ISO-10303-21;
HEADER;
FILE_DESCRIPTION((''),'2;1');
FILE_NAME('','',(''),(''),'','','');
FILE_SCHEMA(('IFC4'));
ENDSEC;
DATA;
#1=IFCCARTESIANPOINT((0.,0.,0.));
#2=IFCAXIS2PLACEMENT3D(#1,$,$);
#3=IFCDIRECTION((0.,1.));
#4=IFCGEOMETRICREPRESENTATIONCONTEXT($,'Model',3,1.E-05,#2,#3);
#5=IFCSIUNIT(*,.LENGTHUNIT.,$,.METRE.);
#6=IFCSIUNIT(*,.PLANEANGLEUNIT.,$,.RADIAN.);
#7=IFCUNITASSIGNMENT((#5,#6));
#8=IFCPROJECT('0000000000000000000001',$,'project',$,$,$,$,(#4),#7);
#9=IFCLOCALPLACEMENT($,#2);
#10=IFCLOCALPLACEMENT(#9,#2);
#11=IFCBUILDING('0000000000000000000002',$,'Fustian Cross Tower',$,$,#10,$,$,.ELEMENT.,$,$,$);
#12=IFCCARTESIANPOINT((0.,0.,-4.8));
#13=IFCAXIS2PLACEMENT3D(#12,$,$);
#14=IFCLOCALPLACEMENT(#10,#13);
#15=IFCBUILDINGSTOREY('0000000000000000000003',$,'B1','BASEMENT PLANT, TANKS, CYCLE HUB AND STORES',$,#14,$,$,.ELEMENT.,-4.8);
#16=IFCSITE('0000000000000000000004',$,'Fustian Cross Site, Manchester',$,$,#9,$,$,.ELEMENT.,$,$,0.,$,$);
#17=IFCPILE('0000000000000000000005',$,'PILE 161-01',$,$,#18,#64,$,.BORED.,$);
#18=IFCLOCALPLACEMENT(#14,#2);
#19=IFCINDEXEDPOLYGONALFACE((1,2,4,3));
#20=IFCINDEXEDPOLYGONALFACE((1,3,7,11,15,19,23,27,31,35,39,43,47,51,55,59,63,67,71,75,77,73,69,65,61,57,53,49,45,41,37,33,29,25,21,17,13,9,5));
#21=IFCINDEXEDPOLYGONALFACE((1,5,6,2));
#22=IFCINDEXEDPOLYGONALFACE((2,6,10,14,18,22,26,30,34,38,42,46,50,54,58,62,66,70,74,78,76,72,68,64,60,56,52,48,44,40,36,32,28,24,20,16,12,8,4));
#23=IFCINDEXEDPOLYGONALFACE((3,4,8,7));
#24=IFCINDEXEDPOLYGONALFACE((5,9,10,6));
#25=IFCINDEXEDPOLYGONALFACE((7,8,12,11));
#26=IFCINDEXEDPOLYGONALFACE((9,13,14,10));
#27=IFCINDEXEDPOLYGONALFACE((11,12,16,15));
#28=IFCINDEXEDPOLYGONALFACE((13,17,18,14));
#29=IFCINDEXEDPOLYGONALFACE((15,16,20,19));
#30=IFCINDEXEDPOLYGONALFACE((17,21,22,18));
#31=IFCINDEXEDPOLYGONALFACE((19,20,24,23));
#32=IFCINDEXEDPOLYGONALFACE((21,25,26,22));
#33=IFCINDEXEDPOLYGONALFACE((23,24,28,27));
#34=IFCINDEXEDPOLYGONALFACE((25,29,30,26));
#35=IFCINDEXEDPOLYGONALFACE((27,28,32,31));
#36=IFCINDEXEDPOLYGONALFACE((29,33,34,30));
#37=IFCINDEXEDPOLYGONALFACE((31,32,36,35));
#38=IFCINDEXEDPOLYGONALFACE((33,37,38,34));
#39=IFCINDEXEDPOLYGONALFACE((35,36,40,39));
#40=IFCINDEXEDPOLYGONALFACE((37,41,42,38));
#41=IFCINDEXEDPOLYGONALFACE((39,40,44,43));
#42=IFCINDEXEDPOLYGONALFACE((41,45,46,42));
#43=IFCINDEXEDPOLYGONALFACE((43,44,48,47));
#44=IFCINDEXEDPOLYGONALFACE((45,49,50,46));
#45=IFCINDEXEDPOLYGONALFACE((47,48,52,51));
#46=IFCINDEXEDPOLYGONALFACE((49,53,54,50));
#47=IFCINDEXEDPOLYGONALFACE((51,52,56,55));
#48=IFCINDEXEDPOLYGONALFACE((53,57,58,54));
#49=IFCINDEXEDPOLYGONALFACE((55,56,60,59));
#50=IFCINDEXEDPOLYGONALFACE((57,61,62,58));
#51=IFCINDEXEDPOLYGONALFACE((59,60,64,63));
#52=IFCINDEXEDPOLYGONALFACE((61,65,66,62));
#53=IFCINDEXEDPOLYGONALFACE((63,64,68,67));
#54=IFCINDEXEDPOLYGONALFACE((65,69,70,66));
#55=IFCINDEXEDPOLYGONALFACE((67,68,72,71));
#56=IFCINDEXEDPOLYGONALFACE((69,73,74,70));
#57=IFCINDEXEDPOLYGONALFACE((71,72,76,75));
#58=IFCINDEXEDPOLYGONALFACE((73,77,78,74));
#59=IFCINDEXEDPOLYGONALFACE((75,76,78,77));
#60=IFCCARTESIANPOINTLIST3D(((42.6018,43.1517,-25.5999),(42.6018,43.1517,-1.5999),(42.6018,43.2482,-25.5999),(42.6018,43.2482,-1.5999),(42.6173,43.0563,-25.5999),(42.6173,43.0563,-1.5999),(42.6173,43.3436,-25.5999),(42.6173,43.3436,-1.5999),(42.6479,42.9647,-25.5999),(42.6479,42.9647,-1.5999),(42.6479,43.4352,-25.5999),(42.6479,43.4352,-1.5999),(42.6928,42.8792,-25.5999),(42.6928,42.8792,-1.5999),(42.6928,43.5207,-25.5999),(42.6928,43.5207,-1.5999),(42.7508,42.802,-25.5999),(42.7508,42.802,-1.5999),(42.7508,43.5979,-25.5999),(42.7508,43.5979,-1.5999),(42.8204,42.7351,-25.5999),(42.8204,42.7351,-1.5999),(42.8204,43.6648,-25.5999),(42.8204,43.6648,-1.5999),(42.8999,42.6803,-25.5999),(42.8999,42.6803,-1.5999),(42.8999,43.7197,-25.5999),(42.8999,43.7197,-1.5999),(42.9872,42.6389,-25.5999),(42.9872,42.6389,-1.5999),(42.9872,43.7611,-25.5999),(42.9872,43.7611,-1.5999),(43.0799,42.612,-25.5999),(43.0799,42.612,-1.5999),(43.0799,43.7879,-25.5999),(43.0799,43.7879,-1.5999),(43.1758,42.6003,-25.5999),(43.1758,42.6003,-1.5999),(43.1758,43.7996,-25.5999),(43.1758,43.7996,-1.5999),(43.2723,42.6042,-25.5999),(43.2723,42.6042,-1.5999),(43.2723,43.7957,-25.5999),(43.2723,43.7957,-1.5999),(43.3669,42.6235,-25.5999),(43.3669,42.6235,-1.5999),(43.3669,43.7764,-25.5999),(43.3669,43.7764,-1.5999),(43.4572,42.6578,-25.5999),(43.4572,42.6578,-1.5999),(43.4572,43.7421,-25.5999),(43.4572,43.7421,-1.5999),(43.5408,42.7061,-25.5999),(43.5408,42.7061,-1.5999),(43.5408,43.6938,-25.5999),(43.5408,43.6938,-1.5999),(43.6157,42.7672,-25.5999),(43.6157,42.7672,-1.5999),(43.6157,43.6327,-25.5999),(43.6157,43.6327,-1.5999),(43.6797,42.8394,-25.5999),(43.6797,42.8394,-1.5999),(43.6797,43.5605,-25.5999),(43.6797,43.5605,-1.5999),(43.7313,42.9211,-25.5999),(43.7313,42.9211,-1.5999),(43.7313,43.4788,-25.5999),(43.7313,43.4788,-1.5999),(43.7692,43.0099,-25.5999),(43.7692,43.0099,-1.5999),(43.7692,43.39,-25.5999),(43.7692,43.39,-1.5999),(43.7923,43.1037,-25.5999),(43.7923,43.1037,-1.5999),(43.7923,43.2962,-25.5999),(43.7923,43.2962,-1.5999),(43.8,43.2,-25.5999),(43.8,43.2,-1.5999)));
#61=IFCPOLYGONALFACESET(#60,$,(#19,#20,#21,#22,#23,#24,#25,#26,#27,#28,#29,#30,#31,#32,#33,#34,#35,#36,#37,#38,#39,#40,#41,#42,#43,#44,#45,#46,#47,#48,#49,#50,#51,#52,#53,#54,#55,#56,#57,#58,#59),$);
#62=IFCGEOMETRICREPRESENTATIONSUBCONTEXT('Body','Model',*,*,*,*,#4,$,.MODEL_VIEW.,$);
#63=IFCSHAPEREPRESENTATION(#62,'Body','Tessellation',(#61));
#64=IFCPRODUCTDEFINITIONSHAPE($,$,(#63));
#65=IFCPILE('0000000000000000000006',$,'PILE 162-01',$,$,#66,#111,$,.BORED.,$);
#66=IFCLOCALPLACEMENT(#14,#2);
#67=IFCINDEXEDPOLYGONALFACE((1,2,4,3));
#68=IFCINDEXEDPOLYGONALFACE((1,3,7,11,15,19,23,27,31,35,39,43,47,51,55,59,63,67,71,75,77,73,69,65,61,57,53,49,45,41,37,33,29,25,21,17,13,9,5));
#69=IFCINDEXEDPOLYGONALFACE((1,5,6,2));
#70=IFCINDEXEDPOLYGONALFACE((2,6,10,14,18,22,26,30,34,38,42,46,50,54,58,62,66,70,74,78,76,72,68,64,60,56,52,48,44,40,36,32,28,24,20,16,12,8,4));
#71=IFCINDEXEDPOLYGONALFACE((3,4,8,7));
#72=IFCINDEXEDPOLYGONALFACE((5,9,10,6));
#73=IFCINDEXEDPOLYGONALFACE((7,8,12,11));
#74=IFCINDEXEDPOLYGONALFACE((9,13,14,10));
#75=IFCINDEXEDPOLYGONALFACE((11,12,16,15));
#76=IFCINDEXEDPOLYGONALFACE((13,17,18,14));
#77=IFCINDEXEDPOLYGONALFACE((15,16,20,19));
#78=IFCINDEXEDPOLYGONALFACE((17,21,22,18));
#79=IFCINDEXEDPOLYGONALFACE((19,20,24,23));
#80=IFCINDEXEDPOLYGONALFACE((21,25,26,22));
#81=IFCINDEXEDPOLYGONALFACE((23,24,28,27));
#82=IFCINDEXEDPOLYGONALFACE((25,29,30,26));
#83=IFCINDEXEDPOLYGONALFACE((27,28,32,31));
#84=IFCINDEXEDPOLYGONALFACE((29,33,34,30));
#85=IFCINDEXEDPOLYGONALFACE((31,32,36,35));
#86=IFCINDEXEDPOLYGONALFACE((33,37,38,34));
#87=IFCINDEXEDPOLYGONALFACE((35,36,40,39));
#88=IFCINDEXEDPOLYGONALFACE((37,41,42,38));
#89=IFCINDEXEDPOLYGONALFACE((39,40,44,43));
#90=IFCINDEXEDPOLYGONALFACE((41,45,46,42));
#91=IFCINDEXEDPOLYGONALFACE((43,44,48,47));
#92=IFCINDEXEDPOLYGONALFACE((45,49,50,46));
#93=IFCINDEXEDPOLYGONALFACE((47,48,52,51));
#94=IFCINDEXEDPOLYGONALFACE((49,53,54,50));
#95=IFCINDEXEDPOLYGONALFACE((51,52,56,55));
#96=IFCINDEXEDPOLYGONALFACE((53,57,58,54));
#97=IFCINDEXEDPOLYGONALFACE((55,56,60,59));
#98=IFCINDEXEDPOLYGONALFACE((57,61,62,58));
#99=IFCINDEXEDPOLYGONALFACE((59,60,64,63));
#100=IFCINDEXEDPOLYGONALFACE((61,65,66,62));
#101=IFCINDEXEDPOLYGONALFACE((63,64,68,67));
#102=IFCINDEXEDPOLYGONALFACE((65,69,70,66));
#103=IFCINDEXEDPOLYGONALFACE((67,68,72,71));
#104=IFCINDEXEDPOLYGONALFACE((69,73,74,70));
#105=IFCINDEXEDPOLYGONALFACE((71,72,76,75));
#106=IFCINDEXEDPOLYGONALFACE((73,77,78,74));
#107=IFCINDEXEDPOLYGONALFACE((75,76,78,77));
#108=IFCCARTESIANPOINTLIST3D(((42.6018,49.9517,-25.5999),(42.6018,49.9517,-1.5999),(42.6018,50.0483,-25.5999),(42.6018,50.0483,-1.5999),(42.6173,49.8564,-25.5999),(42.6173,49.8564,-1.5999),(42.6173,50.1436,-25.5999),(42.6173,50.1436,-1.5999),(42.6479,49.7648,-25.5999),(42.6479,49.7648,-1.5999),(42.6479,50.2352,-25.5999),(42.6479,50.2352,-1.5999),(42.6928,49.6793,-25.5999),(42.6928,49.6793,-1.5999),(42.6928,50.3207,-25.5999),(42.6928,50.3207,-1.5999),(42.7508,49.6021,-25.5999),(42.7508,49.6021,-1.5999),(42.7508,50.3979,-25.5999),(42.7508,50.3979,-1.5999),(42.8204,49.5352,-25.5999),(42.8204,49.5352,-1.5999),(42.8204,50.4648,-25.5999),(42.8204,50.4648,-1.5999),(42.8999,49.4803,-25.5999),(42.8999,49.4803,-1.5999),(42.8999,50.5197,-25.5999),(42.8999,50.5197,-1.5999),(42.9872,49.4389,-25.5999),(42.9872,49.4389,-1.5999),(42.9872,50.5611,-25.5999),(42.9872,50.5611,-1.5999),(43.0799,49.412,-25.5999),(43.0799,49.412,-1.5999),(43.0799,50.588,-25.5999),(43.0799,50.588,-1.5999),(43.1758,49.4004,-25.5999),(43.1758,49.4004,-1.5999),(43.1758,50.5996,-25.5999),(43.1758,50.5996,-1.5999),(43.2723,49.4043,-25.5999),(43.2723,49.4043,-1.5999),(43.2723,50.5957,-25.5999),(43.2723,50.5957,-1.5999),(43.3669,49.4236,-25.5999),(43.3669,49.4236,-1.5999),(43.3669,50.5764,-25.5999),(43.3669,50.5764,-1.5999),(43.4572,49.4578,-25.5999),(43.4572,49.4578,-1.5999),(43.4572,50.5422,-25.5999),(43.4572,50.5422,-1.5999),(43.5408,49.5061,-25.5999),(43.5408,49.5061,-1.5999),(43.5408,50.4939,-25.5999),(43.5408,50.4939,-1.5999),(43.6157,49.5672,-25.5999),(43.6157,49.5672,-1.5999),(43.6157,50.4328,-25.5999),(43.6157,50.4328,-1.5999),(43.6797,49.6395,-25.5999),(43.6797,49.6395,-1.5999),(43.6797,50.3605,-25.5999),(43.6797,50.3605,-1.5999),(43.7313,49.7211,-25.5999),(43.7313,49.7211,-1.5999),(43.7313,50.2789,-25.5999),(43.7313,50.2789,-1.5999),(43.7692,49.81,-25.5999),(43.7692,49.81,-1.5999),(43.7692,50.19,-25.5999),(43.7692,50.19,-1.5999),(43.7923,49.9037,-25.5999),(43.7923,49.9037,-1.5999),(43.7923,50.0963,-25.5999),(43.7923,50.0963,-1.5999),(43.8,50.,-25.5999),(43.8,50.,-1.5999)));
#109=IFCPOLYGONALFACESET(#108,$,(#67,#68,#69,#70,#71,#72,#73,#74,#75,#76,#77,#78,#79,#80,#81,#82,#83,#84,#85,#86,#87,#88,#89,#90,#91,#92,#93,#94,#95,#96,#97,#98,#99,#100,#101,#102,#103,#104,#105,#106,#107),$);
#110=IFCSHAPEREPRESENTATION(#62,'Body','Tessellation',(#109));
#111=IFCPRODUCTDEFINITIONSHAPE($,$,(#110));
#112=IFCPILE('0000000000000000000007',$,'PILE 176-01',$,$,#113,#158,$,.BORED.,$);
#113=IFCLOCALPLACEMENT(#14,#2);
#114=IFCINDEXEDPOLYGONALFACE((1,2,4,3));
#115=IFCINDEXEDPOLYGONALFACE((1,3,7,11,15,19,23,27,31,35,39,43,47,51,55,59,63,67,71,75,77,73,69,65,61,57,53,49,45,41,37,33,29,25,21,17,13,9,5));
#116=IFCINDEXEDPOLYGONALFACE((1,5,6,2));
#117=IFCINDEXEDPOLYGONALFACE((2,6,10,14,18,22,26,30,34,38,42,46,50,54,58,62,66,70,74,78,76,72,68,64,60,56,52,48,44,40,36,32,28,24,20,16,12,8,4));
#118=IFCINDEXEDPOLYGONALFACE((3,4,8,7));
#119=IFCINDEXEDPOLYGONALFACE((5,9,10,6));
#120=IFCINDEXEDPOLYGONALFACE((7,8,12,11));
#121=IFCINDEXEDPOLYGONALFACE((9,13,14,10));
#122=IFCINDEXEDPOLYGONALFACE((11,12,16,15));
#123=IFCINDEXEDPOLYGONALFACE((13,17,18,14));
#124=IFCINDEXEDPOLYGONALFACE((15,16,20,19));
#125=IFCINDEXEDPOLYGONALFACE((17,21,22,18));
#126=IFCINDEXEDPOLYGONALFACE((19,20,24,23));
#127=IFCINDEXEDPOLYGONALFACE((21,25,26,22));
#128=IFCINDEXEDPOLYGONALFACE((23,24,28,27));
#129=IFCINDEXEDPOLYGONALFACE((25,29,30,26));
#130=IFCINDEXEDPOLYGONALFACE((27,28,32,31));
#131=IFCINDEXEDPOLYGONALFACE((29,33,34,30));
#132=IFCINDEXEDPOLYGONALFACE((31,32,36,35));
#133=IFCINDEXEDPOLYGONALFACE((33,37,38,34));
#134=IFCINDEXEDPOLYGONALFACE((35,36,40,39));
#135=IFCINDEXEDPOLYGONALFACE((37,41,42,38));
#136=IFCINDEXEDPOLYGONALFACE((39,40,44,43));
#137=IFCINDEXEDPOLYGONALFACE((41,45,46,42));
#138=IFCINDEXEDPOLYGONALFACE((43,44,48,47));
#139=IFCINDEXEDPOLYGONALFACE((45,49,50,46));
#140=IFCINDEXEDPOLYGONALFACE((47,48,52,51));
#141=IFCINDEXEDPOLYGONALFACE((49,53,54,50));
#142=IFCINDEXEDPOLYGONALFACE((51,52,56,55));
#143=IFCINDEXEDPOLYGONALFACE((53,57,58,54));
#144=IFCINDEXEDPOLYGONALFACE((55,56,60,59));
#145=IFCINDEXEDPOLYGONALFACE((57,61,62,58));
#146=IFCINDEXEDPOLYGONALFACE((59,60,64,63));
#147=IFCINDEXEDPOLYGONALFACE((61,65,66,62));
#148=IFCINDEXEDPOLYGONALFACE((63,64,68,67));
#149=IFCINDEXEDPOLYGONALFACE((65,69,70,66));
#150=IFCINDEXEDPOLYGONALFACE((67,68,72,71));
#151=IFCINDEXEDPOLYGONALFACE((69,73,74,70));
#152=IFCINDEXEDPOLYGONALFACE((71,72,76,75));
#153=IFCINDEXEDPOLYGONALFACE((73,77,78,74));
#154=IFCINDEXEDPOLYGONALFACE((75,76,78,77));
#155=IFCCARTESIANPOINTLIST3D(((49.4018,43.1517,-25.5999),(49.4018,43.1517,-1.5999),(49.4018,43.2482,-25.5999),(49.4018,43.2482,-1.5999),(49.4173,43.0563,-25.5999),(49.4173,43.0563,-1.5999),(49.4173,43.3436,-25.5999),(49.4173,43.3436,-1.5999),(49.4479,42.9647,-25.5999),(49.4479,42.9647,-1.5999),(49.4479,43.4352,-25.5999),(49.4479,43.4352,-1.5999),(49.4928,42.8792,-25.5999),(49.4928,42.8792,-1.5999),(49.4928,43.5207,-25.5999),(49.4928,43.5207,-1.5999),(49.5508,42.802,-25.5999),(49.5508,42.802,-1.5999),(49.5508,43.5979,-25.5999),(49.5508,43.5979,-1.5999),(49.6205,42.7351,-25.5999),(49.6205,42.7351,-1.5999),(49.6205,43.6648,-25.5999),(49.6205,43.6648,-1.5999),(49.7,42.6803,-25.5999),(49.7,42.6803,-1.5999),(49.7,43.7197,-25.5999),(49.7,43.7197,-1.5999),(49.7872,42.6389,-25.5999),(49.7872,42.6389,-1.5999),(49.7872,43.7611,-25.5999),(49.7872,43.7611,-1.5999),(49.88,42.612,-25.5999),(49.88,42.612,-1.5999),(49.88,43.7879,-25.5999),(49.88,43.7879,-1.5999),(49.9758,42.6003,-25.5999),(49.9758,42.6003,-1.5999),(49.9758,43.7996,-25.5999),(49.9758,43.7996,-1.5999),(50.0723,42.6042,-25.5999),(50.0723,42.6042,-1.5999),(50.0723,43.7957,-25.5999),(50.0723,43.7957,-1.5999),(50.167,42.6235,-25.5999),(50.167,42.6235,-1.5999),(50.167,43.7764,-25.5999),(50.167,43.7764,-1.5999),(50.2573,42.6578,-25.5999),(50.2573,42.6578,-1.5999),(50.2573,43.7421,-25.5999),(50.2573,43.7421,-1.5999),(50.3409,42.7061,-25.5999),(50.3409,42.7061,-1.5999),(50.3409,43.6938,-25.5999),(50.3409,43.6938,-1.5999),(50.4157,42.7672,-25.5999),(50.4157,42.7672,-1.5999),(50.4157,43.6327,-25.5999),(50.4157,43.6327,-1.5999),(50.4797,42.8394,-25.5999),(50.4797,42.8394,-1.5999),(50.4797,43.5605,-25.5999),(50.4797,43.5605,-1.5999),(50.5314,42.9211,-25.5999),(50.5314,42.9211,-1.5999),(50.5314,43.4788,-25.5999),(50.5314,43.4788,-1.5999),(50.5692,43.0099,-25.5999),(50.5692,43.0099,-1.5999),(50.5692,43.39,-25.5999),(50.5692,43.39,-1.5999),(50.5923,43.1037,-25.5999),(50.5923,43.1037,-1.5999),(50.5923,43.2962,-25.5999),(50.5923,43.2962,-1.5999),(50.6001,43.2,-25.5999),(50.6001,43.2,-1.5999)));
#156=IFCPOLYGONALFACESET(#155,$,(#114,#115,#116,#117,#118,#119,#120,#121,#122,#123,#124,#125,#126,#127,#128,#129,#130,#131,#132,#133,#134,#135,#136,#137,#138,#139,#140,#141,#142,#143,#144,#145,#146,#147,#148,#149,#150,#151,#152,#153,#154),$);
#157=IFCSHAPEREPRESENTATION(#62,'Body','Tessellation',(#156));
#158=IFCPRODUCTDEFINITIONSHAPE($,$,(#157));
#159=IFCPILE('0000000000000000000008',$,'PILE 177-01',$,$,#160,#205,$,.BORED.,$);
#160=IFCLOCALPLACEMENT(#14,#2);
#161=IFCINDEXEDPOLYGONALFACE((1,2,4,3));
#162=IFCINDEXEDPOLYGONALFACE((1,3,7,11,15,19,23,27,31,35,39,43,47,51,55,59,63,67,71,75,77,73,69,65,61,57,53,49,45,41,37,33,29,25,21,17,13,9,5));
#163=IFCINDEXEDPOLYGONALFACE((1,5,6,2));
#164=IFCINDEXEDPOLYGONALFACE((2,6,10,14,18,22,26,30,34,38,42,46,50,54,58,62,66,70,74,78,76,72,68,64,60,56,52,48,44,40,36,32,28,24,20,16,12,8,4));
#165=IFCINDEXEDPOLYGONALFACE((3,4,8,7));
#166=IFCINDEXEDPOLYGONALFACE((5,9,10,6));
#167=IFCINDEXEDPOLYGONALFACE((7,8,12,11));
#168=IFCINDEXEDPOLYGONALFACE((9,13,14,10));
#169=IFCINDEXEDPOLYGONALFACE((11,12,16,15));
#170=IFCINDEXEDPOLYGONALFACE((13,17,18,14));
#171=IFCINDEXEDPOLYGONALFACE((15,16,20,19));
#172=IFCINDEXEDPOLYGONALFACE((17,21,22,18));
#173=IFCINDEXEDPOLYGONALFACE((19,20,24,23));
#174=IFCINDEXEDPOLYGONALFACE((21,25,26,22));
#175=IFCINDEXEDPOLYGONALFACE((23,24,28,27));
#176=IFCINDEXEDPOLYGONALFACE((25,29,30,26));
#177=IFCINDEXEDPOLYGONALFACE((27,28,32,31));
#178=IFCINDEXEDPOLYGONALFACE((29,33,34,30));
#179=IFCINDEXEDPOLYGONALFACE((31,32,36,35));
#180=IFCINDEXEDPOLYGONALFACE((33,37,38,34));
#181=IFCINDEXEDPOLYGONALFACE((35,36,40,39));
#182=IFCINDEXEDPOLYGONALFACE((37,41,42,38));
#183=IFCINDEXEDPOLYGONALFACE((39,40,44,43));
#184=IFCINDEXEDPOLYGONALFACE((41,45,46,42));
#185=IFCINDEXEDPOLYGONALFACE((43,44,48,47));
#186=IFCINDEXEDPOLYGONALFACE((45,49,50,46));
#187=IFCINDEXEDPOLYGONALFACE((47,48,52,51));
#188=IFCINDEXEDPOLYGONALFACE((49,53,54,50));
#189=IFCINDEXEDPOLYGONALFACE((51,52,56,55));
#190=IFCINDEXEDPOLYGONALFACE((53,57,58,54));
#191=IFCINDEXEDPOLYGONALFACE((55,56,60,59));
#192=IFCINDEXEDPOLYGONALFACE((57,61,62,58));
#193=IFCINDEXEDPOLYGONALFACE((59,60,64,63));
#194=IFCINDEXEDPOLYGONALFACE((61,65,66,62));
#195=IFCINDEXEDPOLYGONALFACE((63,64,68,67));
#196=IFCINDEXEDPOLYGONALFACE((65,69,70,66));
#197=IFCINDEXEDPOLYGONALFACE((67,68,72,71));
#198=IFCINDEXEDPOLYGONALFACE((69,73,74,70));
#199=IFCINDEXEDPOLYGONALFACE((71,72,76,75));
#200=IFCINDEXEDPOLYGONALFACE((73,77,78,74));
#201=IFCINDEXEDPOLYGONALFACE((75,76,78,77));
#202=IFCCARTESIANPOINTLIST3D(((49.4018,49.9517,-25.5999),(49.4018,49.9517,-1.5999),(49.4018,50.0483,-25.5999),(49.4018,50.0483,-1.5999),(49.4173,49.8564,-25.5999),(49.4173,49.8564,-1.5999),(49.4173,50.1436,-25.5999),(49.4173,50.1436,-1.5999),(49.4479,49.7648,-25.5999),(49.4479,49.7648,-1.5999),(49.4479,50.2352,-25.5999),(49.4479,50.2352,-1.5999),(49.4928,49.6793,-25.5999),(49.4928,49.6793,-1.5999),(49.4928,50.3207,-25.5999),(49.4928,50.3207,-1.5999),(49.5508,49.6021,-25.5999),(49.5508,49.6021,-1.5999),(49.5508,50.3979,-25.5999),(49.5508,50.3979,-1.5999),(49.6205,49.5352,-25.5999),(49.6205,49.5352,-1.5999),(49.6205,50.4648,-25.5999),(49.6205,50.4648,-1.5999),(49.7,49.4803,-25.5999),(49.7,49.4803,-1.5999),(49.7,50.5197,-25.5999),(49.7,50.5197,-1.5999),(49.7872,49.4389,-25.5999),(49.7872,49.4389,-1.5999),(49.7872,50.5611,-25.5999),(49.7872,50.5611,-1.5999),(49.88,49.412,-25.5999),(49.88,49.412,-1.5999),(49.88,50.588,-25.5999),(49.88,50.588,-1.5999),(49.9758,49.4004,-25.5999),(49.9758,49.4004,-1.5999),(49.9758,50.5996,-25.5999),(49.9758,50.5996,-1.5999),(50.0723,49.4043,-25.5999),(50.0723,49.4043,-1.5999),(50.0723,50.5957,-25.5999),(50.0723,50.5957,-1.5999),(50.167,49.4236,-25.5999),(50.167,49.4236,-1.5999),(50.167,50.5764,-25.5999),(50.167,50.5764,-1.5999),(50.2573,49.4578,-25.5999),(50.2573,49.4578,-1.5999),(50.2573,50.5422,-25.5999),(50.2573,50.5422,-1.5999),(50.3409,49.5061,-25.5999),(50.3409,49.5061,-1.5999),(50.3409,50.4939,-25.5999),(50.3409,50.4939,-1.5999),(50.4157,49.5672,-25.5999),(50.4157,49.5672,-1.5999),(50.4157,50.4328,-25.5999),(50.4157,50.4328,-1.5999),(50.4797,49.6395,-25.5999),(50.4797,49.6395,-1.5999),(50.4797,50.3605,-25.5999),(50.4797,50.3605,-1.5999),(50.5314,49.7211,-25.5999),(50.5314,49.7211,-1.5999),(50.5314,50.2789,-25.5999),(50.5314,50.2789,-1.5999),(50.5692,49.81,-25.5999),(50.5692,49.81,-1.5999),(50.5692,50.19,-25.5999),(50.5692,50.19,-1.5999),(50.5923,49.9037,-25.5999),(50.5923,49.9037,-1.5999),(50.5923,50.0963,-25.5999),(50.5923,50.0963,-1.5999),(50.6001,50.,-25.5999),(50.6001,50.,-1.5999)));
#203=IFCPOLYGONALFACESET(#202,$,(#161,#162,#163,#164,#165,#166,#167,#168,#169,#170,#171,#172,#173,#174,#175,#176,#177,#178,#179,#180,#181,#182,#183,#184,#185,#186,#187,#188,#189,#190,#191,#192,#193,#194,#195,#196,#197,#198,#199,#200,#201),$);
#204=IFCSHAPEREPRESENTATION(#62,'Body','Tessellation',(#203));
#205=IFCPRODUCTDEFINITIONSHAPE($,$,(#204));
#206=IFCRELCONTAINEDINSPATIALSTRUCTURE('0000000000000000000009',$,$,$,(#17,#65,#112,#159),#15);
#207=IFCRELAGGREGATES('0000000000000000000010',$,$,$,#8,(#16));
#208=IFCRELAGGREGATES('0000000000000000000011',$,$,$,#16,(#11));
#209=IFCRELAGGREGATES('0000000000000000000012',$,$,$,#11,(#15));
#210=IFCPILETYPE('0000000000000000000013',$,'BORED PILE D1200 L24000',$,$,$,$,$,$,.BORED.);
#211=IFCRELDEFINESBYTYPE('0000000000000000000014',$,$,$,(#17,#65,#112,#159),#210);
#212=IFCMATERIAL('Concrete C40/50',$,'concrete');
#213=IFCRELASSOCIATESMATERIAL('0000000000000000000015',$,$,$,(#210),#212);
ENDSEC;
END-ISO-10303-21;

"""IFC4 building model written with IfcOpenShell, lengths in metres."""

from ifc_helpers import new_model, si_unit, direction, frame, origin, origin_2d, place, context, subcontext, project, spatial, circle, extrude, material, material_profile, profile_set, type_object, element, save


model = new_model("IFC4")

# Units and contexts
model_context = context("Model", 3, precision=1e-05, world=origin(), true_north=direction((0.0, 1.0)))
body_context = subcontext(model_context, "Body", "Model", "MODEL_VIEW")
ifc_project = project(units=[si_unit("LENGTHUNIT", "METRE"), si_unit("PLANEANGLEUNIT", "RADIAN")], contexts=[model_context])

# Site, building, storey
site_placement = place(None, origin())
site = spatial("IfcSite", under=ifc_project, at=site_placement, Name="Fustian Cross Site, Manchester", CompositionType="ELEMENT", RefElevation=0.0)
building_placement = place(site_placement, origin())
building = spatial("IfcBuilding", under=site, at=building_placement, Name="Fustian Cross Tower", CompositionType="ELEMENT")
storey_placement = place(building_placement, frame((0.0, 0.0, -4.8)))
storey = spatial("IfcBuildingStorey", under=building, at=storey_placement, Name="B1", Description="BASEMENT PLANT, TANKS, CYCLE HUB AND STORES", CompositionType="ELEMENT", Elevation=-4.8)

# Piles
ifc_material_1 = material(Name="Concrete C40/50", Category="concrete")
ifc_material_profile_1 = material_profile(ifc_material_1, circle(Radius=0.6001, at=origin_2d()), Name="BORED PILE D1200 L24000")
ifc_profile_set_1 = profile_set([ifc_material_profile_1], Name="Concrete C40/50")
pile_type = type_object("IfcPileType", Name="BORED PILE D1200 L24000", PredefinedType="BORED", material=ifc_profile_set_1)
for number, where, z_axis, x_axis, name in (
    (1, (43.2, 43.2, -1.5999), (0.0, 0.0, -1.0), (1.0, 0.0, 0.0), "PILE 161-01"),
    (2, (43.2, 50.0, -1.5999), (0.0, 0.0, -1.0), (1.0, 0.0, 0.0), "PILE 162-01"),
    (3, (50.0, 43.2, -1.5999), (0.0, 0.0, -1.0), (1.0, 0.0, 0.0), "PILE 176-01"),
    (4, (50.0, 50.0, -1.5999), (0.0, 0.0, -1.0), (1.0, 0.0, 0.0), "PILE 177-01"),
):
    element("IfcPile", number, at=place(storey_placement, frame(where, z_axis=z_axis, x_axis=x_axis)), inside=storey, type_object=pile_type, Name=name, PredefinedType="BORED", context=body_context, shape_type="SweptSolid", body=[
        extrude(circle(Radius=0.6001, at=origin_2d()), origin(), (0.0, 0.0, 1.0), 24.0),
    ])

save(model, "model.ifc")
